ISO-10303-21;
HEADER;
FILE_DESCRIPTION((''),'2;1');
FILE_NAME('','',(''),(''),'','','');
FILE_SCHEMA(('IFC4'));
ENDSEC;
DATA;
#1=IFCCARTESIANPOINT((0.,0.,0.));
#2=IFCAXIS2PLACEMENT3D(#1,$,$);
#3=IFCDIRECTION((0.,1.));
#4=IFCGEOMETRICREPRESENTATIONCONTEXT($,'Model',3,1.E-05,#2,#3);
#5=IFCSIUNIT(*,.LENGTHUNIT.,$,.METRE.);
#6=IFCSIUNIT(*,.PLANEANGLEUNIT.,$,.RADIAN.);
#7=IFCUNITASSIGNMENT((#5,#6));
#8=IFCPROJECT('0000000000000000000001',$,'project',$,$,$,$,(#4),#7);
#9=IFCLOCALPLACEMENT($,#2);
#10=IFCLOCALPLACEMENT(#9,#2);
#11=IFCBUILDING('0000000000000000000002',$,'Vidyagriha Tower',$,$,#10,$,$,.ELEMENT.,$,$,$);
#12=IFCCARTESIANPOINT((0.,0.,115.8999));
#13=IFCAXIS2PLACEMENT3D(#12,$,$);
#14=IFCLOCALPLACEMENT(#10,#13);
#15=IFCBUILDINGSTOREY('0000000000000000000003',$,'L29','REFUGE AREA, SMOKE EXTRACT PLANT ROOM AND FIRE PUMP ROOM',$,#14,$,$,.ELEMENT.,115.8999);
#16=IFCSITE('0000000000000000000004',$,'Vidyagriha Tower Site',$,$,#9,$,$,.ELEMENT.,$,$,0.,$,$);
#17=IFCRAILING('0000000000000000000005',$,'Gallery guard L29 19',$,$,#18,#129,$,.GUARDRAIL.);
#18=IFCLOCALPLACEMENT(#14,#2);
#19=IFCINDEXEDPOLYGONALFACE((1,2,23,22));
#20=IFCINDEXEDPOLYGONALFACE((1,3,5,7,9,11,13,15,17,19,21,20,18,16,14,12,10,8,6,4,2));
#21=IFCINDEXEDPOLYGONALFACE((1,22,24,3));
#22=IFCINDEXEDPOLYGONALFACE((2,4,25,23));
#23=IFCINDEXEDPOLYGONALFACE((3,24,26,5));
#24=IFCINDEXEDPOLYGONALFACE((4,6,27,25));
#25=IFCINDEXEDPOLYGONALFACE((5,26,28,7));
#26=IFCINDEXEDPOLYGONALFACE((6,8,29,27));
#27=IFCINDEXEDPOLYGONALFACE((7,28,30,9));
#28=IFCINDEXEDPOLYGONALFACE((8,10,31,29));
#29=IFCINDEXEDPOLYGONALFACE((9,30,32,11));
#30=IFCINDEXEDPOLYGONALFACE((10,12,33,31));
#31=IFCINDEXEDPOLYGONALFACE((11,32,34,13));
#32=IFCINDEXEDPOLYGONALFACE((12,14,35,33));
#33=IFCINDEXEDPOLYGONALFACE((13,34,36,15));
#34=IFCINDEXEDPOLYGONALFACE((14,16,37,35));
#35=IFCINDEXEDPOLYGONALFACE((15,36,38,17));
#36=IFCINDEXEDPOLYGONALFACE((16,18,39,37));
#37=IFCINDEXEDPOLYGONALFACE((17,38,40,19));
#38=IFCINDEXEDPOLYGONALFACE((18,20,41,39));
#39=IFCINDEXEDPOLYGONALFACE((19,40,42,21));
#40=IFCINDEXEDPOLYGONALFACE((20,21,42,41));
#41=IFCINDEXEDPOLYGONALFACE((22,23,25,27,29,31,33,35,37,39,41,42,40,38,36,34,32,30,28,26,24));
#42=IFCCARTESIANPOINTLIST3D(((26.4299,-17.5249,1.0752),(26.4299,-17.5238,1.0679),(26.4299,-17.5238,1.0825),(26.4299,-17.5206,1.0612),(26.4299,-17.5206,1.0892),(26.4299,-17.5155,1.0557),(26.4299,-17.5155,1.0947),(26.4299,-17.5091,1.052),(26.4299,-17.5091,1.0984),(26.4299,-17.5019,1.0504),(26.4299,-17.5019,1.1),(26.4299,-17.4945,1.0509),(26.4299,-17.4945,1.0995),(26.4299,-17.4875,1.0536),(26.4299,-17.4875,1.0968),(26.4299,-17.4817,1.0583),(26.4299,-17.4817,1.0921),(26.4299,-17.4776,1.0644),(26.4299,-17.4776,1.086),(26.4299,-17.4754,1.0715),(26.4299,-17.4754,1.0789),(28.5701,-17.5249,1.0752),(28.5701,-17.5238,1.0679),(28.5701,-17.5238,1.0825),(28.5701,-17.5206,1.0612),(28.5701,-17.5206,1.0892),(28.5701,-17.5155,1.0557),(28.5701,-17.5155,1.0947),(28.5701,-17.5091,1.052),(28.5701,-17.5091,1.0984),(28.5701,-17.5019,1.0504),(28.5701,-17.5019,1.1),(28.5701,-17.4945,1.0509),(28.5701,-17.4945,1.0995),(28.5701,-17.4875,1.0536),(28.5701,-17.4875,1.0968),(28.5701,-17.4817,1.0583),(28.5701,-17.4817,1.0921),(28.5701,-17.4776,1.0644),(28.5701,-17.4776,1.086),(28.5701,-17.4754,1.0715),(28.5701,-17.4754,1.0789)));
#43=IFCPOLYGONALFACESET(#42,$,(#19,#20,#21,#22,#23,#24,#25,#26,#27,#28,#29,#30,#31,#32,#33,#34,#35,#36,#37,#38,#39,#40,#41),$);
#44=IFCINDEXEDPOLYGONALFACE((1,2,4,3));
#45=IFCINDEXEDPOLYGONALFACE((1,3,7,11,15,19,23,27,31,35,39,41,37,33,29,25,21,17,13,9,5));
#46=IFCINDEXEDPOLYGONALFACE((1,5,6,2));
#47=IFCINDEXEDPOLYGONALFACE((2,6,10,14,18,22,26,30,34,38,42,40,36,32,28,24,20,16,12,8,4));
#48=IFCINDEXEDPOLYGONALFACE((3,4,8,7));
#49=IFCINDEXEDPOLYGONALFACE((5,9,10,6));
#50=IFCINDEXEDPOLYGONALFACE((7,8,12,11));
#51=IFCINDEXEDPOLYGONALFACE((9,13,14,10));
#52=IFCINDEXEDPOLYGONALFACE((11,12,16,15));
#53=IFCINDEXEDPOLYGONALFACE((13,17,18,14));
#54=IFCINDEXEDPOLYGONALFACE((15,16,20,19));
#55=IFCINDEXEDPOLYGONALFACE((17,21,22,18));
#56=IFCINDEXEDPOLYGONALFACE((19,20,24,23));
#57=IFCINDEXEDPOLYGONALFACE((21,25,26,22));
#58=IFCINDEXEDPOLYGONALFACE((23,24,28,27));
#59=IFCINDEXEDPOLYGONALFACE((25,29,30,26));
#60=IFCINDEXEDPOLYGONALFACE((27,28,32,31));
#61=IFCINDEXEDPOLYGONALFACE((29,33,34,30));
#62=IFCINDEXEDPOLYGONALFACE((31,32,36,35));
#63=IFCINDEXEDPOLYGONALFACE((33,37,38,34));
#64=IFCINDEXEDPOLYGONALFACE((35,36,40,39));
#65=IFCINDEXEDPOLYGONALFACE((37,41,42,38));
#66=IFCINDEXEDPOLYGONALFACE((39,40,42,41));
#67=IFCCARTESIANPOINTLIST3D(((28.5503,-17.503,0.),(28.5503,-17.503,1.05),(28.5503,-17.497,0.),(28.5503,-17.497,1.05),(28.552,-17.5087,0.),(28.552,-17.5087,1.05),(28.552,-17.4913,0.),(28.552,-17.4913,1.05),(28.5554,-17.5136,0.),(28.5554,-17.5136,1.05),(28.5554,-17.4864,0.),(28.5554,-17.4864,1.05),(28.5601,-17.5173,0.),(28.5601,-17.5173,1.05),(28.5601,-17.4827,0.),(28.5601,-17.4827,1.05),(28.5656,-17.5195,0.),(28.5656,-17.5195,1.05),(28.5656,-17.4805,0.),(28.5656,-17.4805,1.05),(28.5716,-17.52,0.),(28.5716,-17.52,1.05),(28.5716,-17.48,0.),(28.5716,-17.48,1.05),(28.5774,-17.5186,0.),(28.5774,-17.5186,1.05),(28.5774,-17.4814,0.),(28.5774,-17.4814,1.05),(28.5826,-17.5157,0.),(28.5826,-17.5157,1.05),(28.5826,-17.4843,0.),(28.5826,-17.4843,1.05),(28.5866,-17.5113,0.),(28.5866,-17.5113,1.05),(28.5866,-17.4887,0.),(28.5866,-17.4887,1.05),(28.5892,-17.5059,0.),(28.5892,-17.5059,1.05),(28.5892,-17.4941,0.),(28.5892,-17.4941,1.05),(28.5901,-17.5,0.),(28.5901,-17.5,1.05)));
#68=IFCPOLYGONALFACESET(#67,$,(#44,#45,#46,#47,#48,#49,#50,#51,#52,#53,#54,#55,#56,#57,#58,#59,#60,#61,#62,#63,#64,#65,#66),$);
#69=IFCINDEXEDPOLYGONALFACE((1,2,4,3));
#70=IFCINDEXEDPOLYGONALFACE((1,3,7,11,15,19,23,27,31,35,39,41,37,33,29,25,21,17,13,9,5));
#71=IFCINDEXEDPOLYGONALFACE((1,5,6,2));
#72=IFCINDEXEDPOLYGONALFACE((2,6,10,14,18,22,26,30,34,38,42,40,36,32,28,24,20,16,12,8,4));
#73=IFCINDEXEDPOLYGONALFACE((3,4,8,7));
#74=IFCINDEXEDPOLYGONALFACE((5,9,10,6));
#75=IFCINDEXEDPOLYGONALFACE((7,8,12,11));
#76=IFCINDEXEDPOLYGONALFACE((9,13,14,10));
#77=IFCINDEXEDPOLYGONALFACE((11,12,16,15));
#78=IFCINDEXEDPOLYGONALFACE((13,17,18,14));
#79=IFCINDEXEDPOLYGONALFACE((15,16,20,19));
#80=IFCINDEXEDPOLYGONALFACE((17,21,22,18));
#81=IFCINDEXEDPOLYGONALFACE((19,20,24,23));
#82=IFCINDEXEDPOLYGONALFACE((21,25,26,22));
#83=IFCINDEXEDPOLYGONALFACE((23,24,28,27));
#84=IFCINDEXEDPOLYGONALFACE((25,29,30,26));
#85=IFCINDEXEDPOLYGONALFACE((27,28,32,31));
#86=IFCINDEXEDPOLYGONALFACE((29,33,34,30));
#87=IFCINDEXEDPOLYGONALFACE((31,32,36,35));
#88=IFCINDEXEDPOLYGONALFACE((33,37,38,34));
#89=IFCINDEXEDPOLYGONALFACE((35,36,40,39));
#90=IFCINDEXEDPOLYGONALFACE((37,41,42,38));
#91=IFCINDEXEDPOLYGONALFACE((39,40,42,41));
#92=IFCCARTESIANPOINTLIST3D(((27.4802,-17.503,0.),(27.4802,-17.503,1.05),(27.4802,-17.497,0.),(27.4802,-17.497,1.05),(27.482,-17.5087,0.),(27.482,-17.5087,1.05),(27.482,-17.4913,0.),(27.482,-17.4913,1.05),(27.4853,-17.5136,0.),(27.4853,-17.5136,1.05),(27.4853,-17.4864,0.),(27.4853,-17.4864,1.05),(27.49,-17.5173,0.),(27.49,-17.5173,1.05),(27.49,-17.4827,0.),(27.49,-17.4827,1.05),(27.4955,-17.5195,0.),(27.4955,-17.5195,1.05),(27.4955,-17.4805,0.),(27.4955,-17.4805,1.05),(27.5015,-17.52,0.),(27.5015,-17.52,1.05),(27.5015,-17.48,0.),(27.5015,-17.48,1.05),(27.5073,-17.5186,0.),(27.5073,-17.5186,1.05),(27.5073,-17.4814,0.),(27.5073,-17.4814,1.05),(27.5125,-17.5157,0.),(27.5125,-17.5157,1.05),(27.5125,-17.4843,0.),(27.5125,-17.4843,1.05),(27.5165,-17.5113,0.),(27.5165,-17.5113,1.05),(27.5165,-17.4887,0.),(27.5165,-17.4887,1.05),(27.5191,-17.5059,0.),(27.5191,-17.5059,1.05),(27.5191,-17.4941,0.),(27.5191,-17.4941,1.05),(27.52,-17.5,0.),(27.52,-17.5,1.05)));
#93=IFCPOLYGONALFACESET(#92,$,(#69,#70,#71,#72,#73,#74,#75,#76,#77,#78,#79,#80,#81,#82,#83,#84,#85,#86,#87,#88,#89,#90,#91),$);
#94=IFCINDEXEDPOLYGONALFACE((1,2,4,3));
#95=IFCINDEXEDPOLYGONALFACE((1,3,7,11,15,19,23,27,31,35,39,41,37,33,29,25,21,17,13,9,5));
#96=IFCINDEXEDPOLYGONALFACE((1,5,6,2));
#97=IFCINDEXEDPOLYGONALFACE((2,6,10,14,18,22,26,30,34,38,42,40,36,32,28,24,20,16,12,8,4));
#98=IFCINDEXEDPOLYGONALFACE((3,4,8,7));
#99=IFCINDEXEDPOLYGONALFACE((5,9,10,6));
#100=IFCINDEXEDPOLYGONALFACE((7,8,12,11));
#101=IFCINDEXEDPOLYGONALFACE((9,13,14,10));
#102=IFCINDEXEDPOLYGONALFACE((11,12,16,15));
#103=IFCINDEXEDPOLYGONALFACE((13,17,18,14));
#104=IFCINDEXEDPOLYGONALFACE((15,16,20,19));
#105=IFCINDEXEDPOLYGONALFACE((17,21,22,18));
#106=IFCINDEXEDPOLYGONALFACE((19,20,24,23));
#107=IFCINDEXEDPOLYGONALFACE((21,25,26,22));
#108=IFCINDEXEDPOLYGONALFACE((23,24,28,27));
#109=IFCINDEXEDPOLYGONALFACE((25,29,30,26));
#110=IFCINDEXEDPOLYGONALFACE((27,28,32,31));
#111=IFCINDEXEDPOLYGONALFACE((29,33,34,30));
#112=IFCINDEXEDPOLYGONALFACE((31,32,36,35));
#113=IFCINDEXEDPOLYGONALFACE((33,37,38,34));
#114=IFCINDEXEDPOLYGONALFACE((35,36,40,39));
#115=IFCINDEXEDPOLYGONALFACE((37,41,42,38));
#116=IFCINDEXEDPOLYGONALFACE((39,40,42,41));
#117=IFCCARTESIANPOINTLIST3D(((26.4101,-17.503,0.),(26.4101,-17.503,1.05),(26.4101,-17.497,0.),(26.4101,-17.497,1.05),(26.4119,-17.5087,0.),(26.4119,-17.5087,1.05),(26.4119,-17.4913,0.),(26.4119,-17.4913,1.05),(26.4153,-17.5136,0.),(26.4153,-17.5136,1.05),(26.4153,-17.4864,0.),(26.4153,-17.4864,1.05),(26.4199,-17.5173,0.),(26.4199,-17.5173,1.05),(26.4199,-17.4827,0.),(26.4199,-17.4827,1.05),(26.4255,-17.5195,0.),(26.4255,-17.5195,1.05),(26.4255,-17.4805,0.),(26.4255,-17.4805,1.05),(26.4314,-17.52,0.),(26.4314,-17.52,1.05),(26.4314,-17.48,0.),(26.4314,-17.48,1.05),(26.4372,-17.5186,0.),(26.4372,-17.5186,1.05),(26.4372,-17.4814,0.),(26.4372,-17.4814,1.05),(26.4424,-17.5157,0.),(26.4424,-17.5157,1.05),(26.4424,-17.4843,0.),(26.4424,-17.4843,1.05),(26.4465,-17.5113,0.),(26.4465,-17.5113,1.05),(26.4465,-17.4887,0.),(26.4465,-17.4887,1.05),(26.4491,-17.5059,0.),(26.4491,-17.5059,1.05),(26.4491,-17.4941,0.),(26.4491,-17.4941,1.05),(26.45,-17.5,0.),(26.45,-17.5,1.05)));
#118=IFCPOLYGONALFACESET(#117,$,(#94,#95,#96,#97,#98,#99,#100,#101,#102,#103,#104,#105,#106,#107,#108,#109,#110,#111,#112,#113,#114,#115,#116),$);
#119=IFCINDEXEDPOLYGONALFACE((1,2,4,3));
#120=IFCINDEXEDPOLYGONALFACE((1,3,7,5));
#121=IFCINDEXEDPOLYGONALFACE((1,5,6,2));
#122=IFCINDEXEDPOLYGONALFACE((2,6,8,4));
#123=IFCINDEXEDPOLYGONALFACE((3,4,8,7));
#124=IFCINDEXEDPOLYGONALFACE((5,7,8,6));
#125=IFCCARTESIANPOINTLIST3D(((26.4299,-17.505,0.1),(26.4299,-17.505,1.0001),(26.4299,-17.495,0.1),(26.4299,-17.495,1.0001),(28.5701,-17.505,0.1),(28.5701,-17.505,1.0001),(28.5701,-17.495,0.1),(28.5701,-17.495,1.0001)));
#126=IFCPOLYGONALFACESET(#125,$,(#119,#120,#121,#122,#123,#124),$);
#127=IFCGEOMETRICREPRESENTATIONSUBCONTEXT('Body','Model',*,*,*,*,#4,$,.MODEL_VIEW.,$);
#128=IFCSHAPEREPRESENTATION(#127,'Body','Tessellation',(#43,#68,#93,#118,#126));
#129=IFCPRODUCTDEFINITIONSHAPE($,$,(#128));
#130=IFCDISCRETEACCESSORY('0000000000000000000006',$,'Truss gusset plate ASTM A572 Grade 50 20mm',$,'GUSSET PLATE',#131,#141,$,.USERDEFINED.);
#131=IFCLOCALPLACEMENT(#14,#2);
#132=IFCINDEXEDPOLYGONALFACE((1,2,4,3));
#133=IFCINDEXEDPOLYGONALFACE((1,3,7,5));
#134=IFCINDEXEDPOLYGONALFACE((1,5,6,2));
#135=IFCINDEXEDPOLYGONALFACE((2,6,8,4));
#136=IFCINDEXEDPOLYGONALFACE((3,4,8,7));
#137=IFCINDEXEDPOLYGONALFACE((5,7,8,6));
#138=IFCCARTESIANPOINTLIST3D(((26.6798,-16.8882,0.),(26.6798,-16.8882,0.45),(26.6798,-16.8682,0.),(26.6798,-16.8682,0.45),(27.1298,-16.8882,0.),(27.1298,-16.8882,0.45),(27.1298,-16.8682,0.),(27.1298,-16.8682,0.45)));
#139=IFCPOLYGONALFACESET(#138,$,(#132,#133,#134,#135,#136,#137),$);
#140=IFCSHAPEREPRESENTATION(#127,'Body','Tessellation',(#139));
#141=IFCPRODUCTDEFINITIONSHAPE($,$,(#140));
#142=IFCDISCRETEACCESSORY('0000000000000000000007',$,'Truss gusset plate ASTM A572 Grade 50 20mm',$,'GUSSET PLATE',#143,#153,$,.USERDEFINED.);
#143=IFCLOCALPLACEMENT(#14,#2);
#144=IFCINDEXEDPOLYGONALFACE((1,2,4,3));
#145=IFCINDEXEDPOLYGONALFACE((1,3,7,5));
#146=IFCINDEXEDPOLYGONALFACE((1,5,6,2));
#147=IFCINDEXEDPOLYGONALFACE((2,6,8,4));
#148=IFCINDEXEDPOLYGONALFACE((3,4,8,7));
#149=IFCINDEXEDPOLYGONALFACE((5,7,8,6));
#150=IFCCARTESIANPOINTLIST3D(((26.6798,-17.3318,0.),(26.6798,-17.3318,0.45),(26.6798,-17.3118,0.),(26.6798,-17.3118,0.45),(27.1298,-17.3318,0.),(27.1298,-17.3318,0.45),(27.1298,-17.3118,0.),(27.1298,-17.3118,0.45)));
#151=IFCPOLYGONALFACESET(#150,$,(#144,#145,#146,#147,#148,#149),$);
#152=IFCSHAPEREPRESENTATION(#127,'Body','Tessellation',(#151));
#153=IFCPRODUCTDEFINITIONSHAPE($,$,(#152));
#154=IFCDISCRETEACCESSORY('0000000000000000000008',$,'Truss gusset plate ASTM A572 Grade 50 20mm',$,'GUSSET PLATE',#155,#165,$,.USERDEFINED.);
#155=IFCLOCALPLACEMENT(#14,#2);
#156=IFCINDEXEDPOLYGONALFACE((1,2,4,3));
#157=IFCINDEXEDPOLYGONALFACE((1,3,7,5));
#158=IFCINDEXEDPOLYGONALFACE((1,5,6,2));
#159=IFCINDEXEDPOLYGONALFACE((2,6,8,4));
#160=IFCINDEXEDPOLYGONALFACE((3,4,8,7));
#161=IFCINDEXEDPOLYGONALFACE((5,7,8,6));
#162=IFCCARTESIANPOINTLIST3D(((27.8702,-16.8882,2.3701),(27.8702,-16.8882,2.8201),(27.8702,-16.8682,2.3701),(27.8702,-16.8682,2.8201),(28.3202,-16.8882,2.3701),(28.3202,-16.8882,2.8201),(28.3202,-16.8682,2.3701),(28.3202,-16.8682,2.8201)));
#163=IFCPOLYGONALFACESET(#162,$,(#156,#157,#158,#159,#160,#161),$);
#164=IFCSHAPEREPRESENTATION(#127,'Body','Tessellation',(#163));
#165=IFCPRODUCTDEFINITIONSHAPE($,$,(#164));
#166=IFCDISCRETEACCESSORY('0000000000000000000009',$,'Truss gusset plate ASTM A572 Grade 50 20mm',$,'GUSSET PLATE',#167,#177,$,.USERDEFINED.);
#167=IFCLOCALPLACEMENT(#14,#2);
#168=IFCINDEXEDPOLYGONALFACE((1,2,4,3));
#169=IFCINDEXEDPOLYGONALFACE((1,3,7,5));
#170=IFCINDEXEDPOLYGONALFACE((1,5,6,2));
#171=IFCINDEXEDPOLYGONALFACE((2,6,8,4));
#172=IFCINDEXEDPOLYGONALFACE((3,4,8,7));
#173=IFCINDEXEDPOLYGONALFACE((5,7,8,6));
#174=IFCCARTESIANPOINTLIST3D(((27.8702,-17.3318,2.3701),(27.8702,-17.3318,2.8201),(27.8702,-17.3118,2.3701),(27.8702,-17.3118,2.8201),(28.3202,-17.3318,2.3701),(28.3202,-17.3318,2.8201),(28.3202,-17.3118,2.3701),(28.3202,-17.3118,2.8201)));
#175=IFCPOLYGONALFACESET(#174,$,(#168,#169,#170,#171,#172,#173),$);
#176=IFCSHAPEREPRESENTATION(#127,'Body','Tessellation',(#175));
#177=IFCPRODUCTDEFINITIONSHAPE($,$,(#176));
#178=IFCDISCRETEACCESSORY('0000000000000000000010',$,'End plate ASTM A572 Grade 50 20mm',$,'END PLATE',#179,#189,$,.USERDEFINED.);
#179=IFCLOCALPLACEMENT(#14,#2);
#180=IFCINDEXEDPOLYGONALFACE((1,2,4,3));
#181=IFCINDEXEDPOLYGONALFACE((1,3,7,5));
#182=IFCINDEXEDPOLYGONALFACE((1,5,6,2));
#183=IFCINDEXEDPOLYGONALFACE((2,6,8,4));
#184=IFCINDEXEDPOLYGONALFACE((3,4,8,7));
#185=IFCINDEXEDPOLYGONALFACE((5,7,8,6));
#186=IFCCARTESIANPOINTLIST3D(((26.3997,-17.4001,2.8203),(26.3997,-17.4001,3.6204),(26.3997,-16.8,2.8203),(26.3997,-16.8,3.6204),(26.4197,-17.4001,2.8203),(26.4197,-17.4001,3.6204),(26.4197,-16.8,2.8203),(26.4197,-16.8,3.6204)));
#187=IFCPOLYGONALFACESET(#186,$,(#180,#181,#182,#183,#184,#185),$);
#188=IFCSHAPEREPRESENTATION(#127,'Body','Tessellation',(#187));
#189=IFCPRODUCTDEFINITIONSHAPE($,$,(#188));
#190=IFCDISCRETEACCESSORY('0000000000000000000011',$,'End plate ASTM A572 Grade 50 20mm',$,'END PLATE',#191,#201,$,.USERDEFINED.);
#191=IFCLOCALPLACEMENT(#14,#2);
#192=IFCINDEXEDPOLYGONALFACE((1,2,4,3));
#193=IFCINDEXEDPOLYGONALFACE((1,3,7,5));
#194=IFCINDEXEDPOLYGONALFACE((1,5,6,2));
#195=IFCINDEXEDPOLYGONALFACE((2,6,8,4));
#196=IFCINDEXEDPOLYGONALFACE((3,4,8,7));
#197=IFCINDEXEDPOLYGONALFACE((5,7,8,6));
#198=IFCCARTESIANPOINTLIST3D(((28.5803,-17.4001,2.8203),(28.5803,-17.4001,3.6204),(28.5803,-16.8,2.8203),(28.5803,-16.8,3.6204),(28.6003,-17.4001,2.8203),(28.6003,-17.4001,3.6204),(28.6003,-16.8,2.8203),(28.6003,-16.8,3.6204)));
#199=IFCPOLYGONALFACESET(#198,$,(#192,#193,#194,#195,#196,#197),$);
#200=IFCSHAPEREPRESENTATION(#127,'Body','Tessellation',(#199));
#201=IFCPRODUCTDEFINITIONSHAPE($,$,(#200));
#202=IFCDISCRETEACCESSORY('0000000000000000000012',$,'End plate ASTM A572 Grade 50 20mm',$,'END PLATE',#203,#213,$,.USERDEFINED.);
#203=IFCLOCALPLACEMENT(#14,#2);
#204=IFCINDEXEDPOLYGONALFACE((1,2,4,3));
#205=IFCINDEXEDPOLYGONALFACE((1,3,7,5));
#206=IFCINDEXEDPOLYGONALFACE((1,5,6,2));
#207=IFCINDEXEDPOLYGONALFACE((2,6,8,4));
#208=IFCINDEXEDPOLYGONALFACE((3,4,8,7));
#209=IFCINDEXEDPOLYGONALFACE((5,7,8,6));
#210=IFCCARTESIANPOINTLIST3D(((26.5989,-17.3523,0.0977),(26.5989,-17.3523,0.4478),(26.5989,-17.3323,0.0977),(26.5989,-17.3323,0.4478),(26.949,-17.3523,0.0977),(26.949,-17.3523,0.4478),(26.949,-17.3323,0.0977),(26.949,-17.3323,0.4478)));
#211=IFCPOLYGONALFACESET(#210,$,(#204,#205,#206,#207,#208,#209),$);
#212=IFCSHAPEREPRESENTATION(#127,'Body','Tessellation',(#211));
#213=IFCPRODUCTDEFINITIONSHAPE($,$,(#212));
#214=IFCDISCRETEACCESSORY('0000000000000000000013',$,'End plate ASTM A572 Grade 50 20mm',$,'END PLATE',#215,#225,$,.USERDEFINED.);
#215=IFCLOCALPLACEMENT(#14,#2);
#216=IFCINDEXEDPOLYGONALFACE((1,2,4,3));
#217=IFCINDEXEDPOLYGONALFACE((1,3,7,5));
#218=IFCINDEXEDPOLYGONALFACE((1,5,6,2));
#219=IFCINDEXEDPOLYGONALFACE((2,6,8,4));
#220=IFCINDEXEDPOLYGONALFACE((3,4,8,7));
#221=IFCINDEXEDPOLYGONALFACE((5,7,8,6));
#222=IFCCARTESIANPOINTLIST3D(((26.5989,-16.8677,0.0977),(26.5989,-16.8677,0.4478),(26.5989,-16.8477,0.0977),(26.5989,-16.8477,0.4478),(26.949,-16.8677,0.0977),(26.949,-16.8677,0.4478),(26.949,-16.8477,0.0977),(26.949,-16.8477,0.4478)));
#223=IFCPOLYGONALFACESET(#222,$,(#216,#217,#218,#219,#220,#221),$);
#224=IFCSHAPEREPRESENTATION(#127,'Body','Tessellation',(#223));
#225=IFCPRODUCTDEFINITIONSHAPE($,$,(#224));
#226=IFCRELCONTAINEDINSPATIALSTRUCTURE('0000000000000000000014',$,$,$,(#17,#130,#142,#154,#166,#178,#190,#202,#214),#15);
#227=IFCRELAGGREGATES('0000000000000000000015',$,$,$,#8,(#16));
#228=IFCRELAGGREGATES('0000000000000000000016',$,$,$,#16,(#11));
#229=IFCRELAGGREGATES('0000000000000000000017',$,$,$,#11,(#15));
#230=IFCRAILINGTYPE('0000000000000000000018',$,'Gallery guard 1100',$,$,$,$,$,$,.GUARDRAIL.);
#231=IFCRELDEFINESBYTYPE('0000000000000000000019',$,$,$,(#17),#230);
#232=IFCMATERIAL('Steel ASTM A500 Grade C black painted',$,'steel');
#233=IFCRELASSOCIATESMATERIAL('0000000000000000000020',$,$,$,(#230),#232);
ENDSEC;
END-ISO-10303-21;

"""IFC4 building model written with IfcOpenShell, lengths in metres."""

from ifc_helpers import new_model, si_unit, direction, frame, origin, origin_2d, place, context, subcontext, project, spatial, rectangle, circle, extrude, material, type_object, element, save


model = new_model("IFC4")

# Units and contexts
model_context = context("Model", 3, precision=1e-05, world=origin(), true_north=direction((0.0, 1.0)))
body_context = subcontext(model_context, "Body", "Model", "MODEL_VIEW")
ifc_project = project(units=[si_unit("LENGTHUNIT", "METRE"), si_unit("PLANEANGLEUNIT", "RADIAN")], contexts=[model_context])

# Site, building, storey
site_placement = place(None, origin())
site = spatial("IfcSite", under=ifc_project, at=site_placement, Name="Vidyagriha Tower Site", CompositionType="ELEMENT", RefElevation=0.0)
building_placement = place(site_placement, origin())
building = spatial("IfcBuilding", under=site, at=building_placement, Name="Vidyagriha Tower", CompositionType="ELEMENT")
storey_placement = place(building_placement, frame((0.0, 0.0, 115.8999)))
storey = spatial("IfcBuildingStorey", under=building, at=storey_placement, Name="L29", Description="REFUGE AREA, SMOKE EXTRACT PLANT ROOM AND FIRE PUMP ROOM", CompositionType="ELEMENT", Elevation=115.8999)

# Railing
ifc_material_1 = material(Name="Steel ASTM A500 Grade C black painted", Category="steel")
railing_type = type_object("IfcRailingType", Name="Gallery guard 1100", PredefinedType="GUARDRAIL", material=ifc_material_1)
railing_placement = place(storey_placement, frame((28.5701, -17.5, 0.0)))
element("IfcRailing", 1, at=railing_placement, inside=storey, type_object=railing_type, Name="Gallery guard L29 19", PredefinedType="GUARDRAIL", context=body_context, shape_type="SweptSolid", body=[
    extrude(circle(Radius=0.0249, at=origin_2d()), frame((0.0, 0.0, 1.0752), z_axis=(-1.0, 0.0, 0.0), x_axis=(0.0, -1.0, 0.0)), (0.0, 0.0, 1.0), 2.1401),
    extrude(circle(Radius=0.02, at=origin_2d()), origin(), (0.0, 0.0, 1.0), 1.05),
    extrude(circle(Radius=0.02, at=origin_2d()), frame((-1.0701, 0.0, 0.0)), (0.0, 0.0, 1.0), 1.05),
    extrude(circle(Radius=0.02, at=origin_2d()), frame((-2.1401, 0.0, 0.0)), (0.0, 0.0, 1.0), 1.05),
    extrude(rectangle(XDim=0.01, YDim=0.9001, at=origin_2d()), frame((0.0, 0.0, 0.55), z_axis=(-1.0, 0.0, 0.0), x_axis=(0.0, -1.0, 0.0)), (0.0, 0.0, 1.0), 2.1401),
])

# Discrete accessories
for number, where, name in (
    (2, (26.9048, -16.8782, 0.0), "Truss gusset plate ASTM A572 Grade 50 20mm"),
    (3, (26.9048, -17.3218, 0.0), "Truss gusset plate ASTM A572 Grade 50 20mm"),
    (4, (28.0952, -16.8782, 2.3701), "Truss gusset plate ASTM A572 Grade 50 20mm"),
    (5, (28.0952, -17.3218, 2.3701), "Truss gusset plate ASTM A572 Grade 50 20mm"),
):
    element("IfcDiscreteAccessory", number, at=place(storey_placement, frame(where)), inside=storey, Name=name, ObjectType="GUSSET PLATE", PredefinedType="USERDEFINED", context=body_context, shape_type="SweptSolid", body=[
        extrude(rectangle(XDim=0.45, YDim=0.02, at=origin_2d()), origin(), (0.0, 0.0, 1.0), 0.45),
    ])
discrete_accessory_1_placement = place(storey_placement, frame((26.4097, -17.1001, 2.8203), z_axis=(0.0, 0.0, 1.0), x_axis=(-1.0, 0.0, 0.0)))
element("IfcDiscreteAccessory", 6, at=discrete_accessory_1_placement, inside=storey, Name="End plate ASTM A572 Grade 50 20mm", ObjectType="END PLATE", PredefinedType="USERDEFINED", context=body_context, shape_type="SweptSolid", body=[
    extrude(rectangle(XDim=0.02, YDim=0.6001, at=origin_2d()), origin(), (0.0, 0.0, 1.0), 0.8),
])
discrete_accessory_2_placement = place(storey_placement, frame((28.5903, -17.1001, 2.8203)))
element("IfcDiscreteAccessory", 7, at=discrete_accessory_2_placement, inside=storey, Name="End plate ASTM A572 Grade 50 20mm", ObjectType="END PLATE", PredefinedType="USERDEFINED", context=body_context, shape_type="SweptSolid", body=[
    extrude(rectangle(XDim=0.02, YDim=0.6001, at=origin_2d()), origin(), (0.0, 0.0, 1.0), 0.8),
])
for number, where, z_axis, x_axis, name in (
    (8, (26.7739, -17.3423, 0.0977), (0.0, 0.0, 1.0), (-1.0, 0.0, 0.0), "End plate ASTM A572 Grade 50 20mm"),
    (9, (26.7739, -16.8577, 0.0977), (0.0, 0.0, 1.0), (-1.0, 0.0, 0.0), "End plate ASTM A572 Grade 50 20mm"),
):
    element("IfcDiscreteAccessory", number, at=place(storey_placement, frame(where, z_axis=z_axis, x_axis=x_axis)), inside=storey, Name=name, ObjectType="END PLATE", PredefinedType="USERDEFINED", context=body_context, shape_type="SweptSolid", body=[
        extrude(rectangle(XDim=0.3501, YDim=0.02, at=origin_2d()), origin(), (0.0, 0.0, 1.0), 0.3501),
    ])

save(model, "model.ifc")
